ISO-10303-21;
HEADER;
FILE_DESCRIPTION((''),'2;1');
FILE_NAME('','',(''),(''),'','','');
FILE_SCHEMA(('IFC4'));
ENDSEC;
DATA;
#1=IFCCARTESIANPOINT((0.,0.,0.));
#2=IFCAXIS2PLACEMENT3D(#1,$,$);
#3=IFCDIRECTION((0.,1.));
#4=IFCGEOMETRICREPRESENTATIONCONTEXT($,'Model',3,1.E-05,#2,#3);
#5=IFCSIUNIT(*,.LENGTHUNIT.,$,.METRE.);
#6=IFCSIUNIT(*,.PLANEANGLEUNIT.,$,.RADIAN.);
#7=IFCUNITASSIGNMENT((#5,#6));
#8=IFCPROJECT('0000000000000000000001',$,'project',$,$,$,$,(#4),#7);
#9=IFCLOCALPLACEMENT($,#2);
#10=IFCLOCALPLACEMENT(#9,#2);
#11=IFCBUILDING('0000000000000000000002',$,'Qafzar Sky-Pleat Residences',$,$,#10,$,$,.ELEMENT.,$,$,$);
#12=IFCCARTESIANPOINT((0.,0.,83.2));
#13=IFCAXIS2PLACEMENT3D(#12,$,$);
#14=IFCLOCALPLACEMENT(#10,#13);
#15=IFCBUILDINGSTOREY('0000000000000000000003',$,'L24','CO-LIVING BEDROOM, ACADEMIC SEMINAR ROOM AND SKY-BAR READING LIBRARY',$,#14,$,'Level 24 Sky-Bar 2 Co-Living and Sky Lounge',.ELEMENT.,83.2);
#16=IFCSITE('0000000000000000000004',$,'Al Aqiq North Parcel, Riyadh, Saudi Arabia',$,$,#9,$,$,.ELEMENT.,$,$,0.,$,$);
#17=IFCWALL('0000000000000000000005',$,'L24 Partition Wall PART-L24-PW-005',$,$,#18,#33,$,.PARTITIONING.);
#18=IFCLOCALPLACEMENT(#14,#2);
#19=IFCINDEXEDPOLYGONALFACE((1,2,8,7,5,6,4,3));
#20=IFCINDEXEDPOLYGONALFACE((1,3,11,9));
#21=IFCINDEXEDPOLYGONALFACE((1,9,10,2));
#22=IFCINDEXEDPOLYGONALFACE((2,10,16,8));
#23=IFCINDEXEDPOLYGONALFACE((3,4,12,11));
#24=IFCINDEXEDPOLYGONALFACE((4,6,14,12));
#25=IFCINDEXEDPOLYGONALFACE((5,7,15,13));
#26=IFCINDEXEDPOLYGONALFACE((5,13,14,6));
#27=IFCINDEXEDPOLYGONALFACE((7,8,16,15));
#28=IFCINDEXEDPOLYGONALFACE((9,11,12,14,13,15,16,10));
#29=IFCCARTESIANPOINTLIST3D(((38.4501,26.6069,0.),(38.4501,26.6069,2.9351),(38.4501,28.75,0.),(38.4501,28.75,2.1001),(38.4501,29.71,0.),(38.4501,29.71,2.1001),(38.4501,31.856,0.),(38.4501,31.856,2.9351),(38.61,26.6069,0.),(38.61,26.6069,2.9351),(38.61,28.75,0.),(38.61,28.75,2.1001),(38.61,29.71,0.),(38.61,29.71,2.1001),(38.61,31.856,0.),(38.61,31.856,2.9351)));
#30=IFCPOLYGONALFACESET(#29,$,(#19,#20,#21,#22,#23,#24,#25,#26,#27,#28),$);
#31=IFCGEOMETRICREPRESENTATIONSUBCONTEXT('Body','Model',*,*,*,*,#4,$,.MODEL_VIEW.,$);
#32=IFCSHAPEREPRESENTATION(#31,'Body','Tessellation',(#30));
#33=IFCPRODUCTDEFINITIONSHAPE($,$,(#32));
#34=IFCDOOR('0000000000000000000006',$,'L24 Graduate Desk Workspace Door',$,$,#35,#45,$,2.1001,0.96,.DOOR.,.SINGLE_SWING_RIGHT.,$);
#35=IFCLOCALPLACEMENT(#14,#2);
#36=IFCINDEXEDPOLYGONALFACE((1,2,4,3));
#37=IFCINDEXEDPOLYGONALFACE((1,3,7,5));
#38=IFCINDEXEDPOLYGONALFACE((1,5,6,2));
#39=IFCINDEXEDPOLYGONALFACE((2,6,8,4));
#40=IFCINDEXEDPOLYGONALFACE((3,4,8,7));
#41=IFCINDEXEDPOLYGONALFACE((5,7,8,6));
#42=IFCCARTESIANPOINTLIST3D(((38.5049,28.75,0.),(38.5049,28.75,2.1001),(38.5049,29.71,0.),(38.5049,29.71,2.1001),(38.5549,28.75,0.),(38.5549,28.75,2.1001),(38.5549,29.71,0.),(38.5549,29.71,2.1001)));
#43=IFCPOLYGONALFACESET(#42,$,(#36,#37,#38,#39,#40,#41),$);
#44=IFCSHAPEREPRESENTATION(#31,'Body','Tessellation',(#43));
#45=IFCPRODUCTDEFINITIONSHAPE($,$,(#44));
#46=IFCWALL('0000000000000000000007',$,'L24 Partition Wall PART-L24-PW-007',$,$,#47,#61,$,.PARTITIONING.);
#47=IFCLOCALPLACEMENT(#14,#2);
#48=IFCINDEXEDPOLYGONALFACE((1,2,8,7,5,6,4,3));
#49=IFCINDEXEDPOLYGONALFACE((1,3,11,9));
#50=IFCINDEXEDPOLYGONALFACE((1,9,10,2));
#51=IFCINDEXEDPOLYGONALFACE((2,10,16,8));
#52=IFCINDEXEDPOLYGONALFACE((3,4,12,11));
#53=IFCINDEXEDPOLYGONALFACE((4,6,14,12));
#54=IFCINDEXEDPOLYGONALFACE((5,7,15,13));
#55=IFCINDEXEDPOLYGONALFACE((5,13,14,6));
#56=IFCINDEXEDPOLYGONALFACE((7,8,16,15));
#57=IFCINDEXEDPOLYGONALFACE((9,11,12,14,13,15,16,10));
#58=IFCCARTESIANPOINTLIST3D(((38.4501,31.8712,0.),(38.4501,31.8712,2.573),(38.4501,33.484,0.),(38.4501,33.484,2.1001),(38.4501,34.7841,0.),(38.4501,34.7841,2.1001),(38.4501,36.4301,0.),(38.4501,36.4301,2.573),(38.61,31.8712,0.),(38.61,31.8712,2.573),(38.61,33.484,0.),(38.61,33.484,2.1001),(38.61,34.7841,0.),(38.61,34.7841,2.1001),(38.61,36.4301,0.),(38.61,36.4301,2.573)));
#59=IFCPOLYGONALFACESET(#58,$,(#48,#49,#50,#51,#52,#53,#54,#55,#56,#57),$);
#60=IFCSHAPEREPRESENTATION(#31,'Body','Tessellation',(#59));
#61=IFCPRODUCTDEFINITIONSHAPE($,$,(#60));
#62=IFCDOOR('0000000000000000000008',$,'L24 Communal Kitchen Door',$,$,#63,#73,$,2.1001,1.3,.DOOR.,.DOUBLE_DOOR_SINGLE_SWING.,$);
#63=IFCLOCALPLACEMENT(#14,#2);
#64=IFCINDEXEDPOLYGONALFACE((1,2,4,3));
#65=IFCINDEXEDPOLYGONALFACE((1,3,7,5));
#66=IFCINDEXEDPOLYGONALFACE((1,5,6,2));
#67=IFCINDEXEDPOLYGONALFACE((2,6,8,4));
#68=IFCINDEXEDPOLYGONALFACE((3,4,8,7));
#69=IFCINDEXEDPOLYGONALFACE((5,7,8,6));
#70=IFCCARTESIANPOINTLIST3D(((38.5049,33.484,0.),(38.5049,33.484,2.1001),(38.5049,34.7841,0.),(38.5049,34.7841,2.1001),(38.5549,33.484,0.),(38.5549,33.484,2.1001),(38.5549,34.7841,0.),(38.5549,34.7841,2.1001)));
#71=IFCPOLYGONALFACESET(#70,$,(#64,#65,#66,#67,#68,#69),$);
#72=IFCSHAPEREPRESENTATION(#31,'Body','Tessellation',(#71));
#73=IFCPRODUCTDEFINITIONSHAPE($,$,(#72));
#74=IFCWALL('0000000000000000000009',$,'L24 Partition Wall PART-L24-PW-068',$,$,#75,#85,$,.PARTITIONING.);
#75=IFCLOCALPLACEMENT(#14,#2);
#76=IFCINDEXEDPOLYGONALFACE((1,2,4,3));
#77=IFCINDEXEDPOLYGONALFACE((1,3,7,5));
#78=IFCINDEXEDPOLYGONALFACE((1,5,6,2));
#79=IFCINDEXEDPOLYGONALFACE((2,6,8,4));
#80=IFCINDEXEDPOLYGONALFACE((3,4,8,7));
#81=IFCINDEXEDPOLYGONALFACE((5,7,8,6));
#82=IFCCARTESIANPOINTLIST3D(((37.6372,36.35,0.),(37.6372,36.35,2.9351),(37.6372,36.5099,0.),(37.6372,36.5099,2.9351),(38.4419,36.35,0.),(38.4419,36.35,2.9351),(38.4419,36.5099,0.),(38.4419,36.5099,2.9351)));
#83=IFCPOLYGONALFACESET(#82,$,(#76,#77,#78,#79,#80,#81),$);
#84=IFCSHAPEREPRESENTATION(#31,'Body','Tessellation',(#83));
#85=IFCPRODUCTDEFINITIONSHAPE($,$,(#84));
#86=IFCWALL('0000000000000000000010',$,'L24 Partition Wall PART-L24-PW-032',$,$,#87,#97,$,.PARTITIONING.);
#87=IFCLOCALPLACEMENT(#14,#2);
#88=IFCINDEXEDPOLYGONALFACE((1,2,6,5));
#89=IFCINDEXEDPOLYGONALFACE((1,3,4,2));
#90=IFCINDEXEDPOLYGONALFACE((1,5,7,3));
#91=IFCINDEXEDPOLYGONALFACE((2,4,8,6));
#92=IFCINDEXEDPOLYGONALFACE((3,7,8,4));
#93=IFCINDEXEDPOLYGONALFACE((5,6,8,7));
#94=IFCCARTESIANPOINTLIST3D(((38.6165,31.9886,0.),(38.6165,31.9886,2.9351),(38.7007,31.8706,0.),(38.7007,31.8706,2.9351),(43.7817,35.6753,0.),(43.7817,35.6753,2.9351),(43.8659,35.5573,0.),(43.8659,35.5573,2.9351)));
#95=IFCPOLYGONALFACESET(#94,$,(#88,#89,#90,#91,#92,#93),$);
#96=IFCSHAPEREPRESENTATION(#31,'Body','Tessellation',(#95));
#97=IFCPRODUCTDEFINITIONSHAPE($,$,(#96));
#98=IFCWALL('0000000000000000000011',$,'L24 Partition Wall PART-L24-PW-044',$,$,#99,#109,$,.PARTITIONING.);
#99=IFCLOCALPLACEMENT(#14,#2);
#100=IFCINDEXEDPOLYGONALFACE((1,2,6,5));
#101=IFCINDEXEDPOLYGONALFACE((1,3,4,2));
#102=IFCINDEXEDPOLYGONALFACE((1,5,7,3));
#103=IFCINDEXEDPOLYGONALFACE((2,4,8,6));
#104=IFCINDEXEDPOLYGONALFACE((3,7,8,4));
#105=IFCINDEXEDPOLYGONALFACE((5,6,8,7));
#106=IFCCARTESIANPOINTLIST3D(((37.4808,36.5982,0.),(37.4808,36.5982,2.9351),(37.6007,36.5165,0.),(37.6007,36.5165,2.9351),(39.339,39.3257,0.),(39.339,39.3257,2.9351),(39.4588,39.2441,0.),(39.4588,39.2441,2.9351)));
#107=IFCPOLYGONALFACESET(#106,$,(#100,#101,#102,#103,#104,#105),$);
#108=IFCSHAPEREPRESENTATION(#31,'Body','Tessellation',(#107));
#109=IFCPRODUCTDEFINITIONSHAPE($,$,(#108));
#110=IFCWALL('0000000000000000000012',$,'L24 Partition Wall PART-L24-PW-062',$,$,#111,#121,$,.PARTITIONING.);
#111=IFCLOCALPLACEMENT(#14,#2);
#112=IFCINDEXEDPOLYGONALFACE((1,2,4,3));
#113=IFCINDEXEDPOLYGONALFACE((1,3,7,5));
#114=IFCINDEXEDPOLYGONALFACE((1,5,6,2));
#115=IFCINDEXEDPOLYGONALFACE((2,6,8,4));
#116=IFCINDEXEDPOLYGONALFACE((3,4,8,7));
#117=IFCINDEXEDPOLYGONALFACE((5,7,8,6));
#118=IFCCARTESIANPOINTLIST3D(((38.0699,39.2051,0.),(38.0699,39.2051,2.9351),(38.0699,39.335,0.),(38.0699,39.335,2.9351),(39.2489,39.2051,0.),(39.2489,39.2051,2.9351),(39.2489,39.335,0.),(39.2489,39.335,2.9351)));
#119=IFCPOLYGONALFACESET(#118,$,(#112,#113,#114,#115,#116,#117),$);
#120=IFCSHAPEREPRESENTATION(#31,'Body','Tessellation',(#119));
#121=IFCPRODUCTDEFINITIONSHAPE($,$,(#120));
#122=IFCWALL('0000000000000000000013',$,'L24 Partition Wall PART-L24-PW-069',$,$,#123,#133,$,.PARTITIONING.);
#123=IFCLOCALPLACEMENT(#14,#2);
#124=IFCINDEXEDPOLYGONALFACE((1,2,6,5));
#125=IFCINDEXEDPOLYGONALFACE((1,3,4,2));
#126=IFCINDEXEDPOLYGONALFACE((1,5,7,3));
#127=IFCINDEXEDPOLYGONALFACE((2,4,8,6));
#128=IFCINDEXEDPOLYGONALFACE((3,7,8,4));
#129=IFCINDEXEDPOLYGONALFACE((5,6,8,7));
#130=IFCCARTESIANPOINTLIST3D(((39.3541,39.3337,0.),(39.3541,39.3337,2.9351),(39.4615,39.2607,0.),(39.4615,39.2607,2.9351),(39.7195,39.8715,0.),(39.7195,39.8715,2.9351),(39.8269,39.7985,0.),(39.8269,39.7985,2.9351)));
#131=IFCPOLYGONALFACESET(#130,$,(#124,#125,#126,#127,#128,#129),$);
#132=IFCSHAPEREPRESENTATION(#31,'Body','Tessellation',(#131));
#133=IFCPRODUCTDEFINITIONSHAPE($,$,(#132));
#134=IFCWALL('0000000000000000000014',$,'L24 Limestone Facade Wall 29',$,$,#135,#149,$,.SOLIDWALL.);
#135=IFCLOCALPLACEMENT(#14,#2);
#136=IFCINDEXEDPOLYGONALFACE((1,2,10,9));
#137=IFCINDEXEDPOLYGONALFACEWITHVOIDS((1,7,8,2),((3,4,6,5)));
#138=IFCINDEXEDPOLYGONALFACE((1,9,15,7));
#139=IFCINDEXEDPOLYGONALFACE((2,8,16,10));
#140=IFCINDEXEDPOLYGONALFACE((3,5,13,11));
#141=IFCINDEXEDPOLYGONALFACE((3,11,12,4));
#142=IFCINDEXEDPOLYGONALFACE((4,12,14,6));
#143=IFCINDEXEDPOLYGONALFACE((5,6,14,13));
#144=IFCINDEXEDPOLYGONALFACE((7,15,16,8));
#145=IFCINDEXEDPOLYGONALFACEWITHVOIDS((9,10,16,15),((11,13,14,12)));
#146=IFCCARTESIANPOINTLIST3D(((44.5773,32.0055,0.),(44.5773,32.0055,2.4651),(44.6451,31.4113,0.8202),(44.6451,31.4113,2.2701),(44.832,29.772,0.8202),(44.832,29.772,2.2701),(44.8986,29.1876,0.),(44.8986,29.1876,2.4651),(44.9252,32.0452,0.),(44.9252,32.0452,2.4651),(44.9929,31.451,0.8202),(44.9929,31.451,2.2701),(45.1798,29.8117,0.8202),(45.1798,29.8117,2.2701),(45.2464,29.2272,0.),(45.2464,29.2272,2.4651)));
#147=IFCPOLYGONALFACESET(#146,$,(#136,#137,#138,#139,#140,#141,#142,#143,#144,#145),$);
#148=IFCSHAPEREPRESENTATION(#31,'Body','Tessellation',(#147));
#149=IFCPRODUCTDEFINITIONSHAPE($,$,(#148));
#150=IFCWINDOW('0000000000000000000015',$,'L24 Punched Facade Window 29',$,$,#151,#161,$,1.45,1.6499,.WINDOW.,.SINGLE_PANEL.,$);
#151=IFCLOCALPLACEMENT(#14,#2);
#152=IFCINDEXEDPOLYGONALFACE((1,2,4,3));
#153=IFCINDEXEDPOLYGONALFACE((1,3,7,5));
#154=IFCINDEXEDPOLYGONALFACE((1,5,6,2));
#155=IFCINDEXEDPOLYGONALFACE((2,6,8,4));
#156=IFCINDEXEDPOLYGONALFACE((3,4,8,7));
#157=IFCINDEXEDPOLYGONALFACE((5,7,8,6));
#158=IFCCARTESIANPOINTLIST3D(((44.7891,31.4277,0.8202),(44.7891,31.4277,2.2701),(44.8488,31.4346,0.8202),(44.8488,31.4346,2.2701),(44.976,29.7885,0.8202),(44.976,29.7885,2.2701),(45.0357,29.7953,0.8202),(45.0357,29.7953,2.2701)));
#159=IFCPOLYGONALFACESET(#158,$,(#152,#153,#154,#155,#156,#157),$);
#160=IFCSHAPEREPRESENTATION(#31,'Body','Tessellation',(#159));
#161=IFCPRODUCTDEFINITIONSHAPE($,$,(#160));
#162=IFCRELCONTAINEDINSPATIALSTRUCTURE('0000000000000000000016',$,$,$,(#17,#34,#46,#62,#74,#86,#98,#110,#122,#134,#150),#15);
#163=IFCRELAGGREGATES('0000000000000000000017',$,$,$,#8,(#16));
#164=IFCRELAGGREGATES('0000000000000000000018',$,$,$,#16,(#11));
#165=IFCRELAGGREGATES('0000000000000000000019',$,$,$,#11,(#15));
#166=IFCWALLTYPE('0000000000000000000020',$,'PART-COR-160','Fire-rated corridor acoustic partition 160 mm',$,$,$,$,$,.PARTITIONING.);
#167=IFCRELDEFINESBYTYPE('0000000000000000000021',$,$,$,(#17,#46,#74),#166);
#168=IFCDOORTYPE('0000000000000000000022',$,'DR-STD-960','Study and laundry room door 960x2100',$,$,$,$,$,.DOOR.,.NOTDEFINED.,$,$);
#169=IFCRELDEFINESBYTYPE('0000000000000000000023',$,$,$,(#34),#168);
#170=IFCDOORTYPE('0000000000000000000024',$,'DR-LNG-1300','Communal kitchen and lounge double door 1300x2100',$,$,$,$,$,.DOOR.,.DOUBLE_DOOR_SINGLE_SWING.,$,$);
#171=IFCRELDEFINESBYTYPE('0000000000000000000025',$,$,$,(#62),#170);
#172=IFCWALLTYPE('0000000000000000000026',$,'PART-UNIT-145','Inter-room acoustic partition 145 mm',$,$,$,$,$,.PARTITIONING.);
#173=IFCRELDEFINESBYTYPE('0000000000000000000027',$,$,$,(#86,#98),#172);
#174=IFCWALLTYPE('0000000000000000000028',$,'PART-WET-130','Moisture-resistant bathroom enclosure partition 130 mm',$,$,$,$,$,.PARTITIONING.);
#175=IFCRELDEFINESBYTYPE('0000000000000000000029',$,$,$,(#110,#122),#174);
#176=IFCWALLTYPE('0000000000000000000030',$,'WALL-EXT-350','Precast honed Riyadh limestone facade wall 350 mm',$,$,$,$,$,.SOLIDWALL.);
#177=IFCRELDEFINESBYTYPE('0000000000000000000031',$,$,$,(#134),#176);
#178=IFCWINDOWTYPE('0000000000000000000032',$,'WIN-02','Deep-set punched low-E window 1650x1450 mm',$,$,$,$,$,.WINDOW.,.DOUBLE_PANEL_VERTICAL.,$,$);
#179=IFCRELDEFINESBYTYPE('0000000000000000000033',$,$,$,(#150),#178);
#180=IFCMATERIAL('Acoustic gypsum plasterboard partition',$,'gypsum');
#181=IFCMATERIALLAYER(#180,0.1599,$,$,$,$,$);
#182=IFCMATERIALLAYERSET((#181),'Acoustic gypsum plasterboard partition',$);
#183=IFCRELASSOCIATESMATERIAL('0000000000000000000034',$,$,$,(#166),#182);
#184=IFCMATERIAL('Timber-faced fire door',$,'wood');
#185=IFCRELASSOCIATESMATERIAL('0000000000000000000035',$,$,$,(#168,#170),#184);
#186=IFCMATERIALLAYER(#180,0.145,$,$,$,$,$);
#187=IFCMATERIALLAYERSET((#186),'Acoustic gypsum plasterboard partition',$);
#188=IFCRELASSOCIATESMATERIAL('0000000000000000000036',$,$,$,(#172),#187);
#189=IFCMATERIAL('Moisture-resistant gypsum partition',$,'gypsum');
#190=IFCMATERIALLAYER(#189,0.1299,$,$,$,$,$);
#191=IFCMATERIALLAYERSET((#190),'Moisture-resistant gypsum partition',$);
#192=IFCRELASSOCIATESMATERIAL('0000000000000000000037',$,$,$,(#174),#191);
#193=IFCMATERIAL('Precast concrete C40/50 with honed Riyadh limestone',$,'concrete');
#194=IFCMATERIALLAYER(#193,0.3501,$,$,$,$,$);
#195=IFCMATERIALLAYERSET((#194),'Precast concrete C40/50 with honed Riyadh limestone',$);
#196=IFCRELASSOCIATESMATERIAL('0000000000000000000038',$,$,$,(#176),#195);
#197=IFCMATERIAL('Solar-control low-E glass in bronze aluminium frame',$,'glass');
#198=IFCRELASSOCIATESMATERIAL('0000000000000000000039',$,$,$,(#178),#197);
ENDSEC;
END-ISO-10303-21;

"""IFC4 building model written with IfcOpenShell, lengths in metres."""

from ifc_helpers import new_model, si_unit, direction, frame, frame_2d, origin, place, context, subcontext, project, spatial, rectangle, extrude, source, transform, mapped, material, layer, layer_set, type_object, element, fill, save


model = new_model("IFC4")

# Units and contexts
model_context = context("Model", 3, precision=1e-05, world=origin(), true_north=direction((0.0, 1.0)))
body_context = subcontext(model_context, "Body", "Model", "MODEL_VIEW")
ifc_project = project(units=[si_unit("LENGTHUNIT", "METRE"), si_unit("PLANEANGLEUNIT", "RADIAN")], contexts=[model_context])

# Site, building, storey
site_placement = place(None, origin())
site = spatial("IfcSite", under=ifc_project, at=site_placement, Name="Al Aqiq North Parcel, Riyadh, Saudi Arabia", CompositionType="ELEMENT", RefElevation=0.0)
building_placement = place(site_placement, origin())
building = spatial("IfcBuilding", under=site, at=building_placement, Name="Qafzar Sky-Pleat Residences", CompositionType="ELEMENT")
storey_placement = place(building_placement, frame((0.0, 0.0, 83.2)))
storey = spatial("IfcBuildingStorey", under=building, at=storey_placement, Name="L24", Description="CO-LIVING BEDROOM, ACADEMIC SEMINAR ROOM AND SKY-BAR READING LIBRARY", LongName="Level 24 Sky-Bar 2 Co-Living and Sky Lounge", CompositionType="ELEMENT", Elevation=83.2)

# Walls, openings, doors
ifc_material_1 = material(Name="Acoustic gypsum plasterboard partition", Category="gypsum")
ifc_layer_1 = layer(ifc_material_1, 0.1599)
ifc_layer_set_1 = layer_set([ifc_layer_1], Name="Acoustic gypsum plasterboard partition")
wall_type_1 = type_object("IfcWallType", Name="PART-COR-160", Description="Fire-rated corridor acoustic partition 160 mm", PredefinedType="PARTITIONING", material=ifc_layer_set_1)
wall_1_placement = place(storey_placement, frame((38.53, 31.856, 0.0), z_axis=(0.0, 0.0, 1.0), x_axis=(0.0, -1.0, 0.0)))
wall_1 = element("IfcWall", 1, at=wall_1_placement, inside=storey, type_object=wall_type_1, Name="L24 Partition Wall PART-L24-PW-005", PredefinedType="PARTITIONING", context=body_context, shape_type="SweptSolid", body=[
    extrude(rectangle(XDim=5.249, YDim=0.1599, at=frame_2d((2.6245, 0.0))), origin(), (0.0, 0.0, 1.0), 2.9351),
])
opening_1_placement = place(wall_1_placement, frame((2.146, 0.0, 0.0)))
opening_1 = element("IfcOpeningElement", 2, at=opening_1_placement, cuts=wall_1, PredefinedType="OPENING", context=body_context, shape_type="SweptSolid", body=[
    extrude(rectangle(XDim=0.96, YDim=2.1001, at=frame_2d((0.48, 1.05))), frame((0.0, 0.0898, 0.0), z_axis=(0.0, -1.0, 0.0), x_axis=(1.0, 0.0, 0.0)), (0.0, 0.0, 1.0), 0.1799),
])
ifc_material_2 = material(Name="Timber-faced fire door", Category="wood")
door_type_1 = type_object("IfcDoorType", Name="DR-STD-960", Description="Study and laundry room door 960x2100", OperationType="NOTDEFINED", PredefinedType="DOOR", material=ifc_material_2)
shared_shape_1 = source(origin(), body_context, "Body", "SweptSolid", [
    extrude(rectangle(XDim=0.96, YDim=2.1001, at=frame_2d((0.48, 1.05))), frame((0.0, 0.0249, 0.0), z_axis=(0.0, -1.0, 0.0), x_axis=(1.0, 0.0, 0.0)), (0.0, 0.0, 1.0), 0.05),
])
door_1_placement = place(opening_1_placement, origin())
door_1 = element("IfcDoor", 3, at=door_1_placement, inside=storey, type_object=door_type_1, Name="L24 Graduate Desk Workspace Door", OperationType="SINGLE_SWING_RIGHT", OverallHeight=2.1001, OverallWidth=0.96, PredefinedType="DOOR", context=body_context, shape_type="MappedRepresentation", body=[
    mapped(shared_shape_1, transform((0.0, 0.0, 0.0), x_axis=(1.0, 0.0, 0.0), y_axis=(0.0, 1.0, 0.0), z_axis=(0.0, 0.0, 1.0), scale=1.0)),
])
fill(opening_1, door_1)
wall_2_placement = place(storey_placement, frame((38.53, 36.4299, 0.0), z_axis=(0.0, 0.0, 1.0), x_axis=(0.0, -1.0, 0.0)))
wall_2 = element("IfcWall", 4, at=wall_2_placement, inside=storey, type_object=wall_type_1, Name="L24 Partition Wall PART-L24-PW-007", PredefinedType="PARTITIONING", context=body_context, shape_type="SweptSolid", body=[
    extrude(rectangle(XDim=4.5588, YDim=0.1599, at=frame_2d((2.2793, 0.0))), origin(), (0.0, 0.0, 1.0), 2.573),
])
opening_2_placement = place(wall_2_placement, frame((1.646, 0.0, 0.0)))
opening_2 = element("IfcOpeningElement", 5, at=opening_2_placement, cuts=wall_2, PredefinedType="OPENING", context=body_context, shape_type="SweptSolid", body=[
    extrude(rectangle(XDim=1.3, YDim=2.1001, at=frame_2d((0.6499, 1.05))), frame((0.0, 0.0898, 0.0), z_axis=(0.0, -1.0, 0.0), x_axis=(1.0, 0.0, 0.0)), (0.0, 0.0, 1.0), 0.1799),
])
door_type_2 = type_object("IfcDoorType", Name="DR-LNG-1300", Description="Communal kitchen and lounge double door 1300x2100", OperationType="DOUBLE_DOOR_SINGLE_SWING", PredefinedType="DOOR", material=ifc_material_2)
shared_shape_2 = source(origin(), body_context, "Body", "SweptSolid", [
    extrude(rectangle(XDim=1.3, YDim=2.1001, at=frame_2d((0.6499, 1.05))), frame((0.0, 0.0249, 0.0), z_axis=(0.0, -1.0, 0.0), x_axis=(1.0, 0.0, 0.0)), (0.0, 0.0, 1.0), 0.05),
])
door_2_placement = place(opening_2_placement, origin())
door_2 = element("IfcDoor", 6, at=door_2_placement, inside=storey, type_object=door_type_2, Name="L24 Communal Kitchen Door", OperationType="DOUBLE_DOOR_SINGLE_SWING", OverallHeight=2.1001, OverallWidth=1.3, PredefinedType="DOOR", context=body_context, shape_type="MappedRepresentation", body=[
    mapped(shared_shape_2, transform((0.0, 0.0, 0.0), x_axis=(1.0, 0.0, 0.0), y_axis=(0.0, 1.0, 0.0), z_axis=(0.0, 0.0, 1.0), scale=1.0)),
])
fill(opening_2, door_2)

# Walls
wall_3_placement = place(storey_placement, frame((37.6372, 36.4299, 0.0), z_axis=(0.0, 0.0, 1.0), x_axis=(1.0, 0.0, 0.0)))
element("IfcWall", 7, at=wall_3_placement, inside=storey, type_object=wall_type_1, Name="L24 Partition Wall PART-L24-PW-068", PredefinedType="PARTITIONING", context=body_context, shape_type="SweptSolid", body=[
    extrude(rectangle(XDim=0.8047, YDim=0.1599, at=frame_2d((0.4023, 0.0))), origin(), (0.0, 0.0, 1.0), 2.9351),
])
ifc_layer_2 = layer(ifc_material_1, 0.145)
ifc_layer_set_2 = layer_set([ifc_layer_2], Name="Acoustic gypsum plasterboard partition")
wall_type_2 = type_object("IfcWallType", Name="PART-UNIT-145", Description="Inter-room acoustic partition 145 mm", PredefinedType="PARTITIONING", material=ifc_layer_set_2)
wall_4_placement = place(storey_placement, frame((38.6587, 31.9297, 0.0), z_axis=(0.0, 0.0, 1.0), x_axis=(0.813936, 0.580954, 0.0)))
element("IfcWall", 8, at=wall_4_placement, inside=storey, type_object=wall_type_2, Name="L24 Partition Wall PART-L24-PW-032", PredefinedType="PARTITIONING", context=body_context, shape_type="SweptSolid", body=[
    extrude(rectangle(XDim=6.3459, YDim=0.145, at=frame_2d((3.1729, 0.0))), origin(), (0.0, 0.0, 1.0), 2.9351),
])
wall_5_placement = place(storey_placement, frame((37.5408, 36.5574, 0.0), z_axis=(0.0, 0.0, 1.0), x_axis=(0.56302, 0.826443, 0.0)))
element("IfcWall", 9, at=wall_5_placement, inside=storey, type_object=wall_type_2, Name="L24 Partition Wall PART-L24-PW-044", PredefinedType="PARTITIONING", context=body_context, shape_type="SweptSolid", body=[
    extrude(rectangle(XDim=3.3003, YDim=0.145, at=frame_2d((1.6501, 0.0))), origin(), (0.0, 0.0, 1.0), 2.9351),
])
ifc_material_3 = material(Name="Moisture-resistant gypsum partition", Category="gypsum")
ifc_layer_3 = layer(ifc_material_3, 0.1299)
ifc_layer_set_3 = layer_set([ifc_layer_3], Name="Moisture-resistant gypsum partition")
wall_type_3 = type_object("IfcWallType", Name="PART-WET-130", Description="Moisture-resistant bathroom enclosure partition 130 mm", PredefinedType="PARTITIONING", material=ifc_layer_set_3)
wall_6_placement = place(storey_placement, frame((38.0701, 39.27, 0.0), z_axis=(0.0, 0.0, 1.0), x_axis=(1.0, 0.0, 0.0)))
element("IfcWall", 10, at=wall_6_placement, inside=storey, type_object=wall_type_3, Name="L24 Partition Wall PART-L24-PW-062", PredefinedType="PARTITIONING", context=body_context, shape_type="SweptSolid", body=[
    extrude(rectangle(XDim=1.179, YDim=0.1299, at=frame_2d((0.5894, 0.0))), origin(), (0.0, 0.0, 1.0), 2.9351),
])
wall_7_placement = place(storey_placement, frame((39.4077, 39.2971, 0.0), z_axis=(0.0, 0.0, 1.0), x_axis=(0.562043, 0.827108, 0.0)))
element("IfcWall", 11, at=wall_7_placement, inside=storey, type_object=wall_type_3, Name="L24 Partition Wall PART-L24-PW-069", PredefinedType="PARTITIONING", context=body_context, shape_type="SweptSolid", body=[
    extrude(rectangle(XDim=0.6501, YDim=0.1299, at=frame_2d((0.3252, 0.0))), origin(), (0.0, 0.0, 1.0), 2.9351),
])

# Wall, opening, window
ifc_material_4 = material(Name="Precast concrete C40/50 with honed Riyadh limestone", Category="concrete")
ifc_layer_4 = layer(ifc_material_4, 0.3501)
ifc_layer_set_4 = layer_set([ifc_layer_4], Name="Precast concrete C40/50 with honed Riyadh limestone")
wall_type_4 = type_object("IfcWallType", Name="WALL-EXT-350", Description="Precast honed Riyadh limestone facade wall 350 mm", PredefinedType="SOLIDWALL", material=ifc_layer_set_4)
wall_8_placement = place(storey_placement, frame((45.0725, 29.2075, 0.0), z_axis=(0.0, 0.0, 1.0), x_axis=(-0.113284, 0.993563, 0.0)))
wall_8 = element("IfcWall", 12, at=wall_8_placement, inside=storey, type_object=wall_type_4, Name="L24 Limestone Facade Wall 29", PredefinedType="SOLIDWALL", context=body_context, shape_type="SweptSolid", body=[
    extrude(rectangle(XDim=2.8362, YDim=0.3501, at=frame_2d((1.418, 0.0))), origin(), (0.0, 0.0, 1.0), 2.4651),
])
opening_3_placement = place(wall_8_placement, frame((0.5881, 0.0, 0.8201)))
opening_3 = element("IfcOpeningElement", 13, at=opening_3_placement, cuts=wall_8, PredefinedType="OPENING", context=body_context, shape_type="SweptSolid", body=[
    extrude(rectangle(XDim=1.6499, YDim=1.45, at=frame_2d((0.825, 0.7251))), frame((0.0, 0.1851, 0.0), z_axis=(0.0, -1.0, 0.0), x_axis=(1.0, 0.0, 0.0)), (0.0, 0.0, 1.0), 0.3701),
])
ifc_material_5 = material(Name="Solar-control low-E glass in bronze aluminium frame", Category="glass")
window_type_1 = type_object("IfcWindowType", Name="WIN-02", Description="Deep-set punched low-E window 1650x1450 mm", PartitioningType="DOUBLE_PANEL_VERTICAL", PredefinedType="WINDOW", material=ifc_material_5)
shared_shape_3 = source(origin(), body_context, "Body", "SweptSolid", [
    extrude(rectangle(XDim=1.6499, YDim=1.45, at=frame_2d((0.825, 0.7251))), frame((0.0, 0.03, 0.0), z_axis=(0.0, -1.0, 0.0), x_axis=(1.0, 0.0, 0.0)), (0.0, 0.0, 1.0), 0.0601),
])
window_1_placement = place(opening_3_placement, origin())
window_1 = element("IfcWindow", 14, at=window_1_placement, inside=storey, type_object=window_type_1, Name="L24 Punched Facade Window 29", OverallHeight=1.45, OverallWidth=1.6499, PartitioningType="SINGLE_PANEL", PredefinedType="WINDOW", context=body_context, shape_type="MappedRepresentation", body=[
    mapped(shared_shape_3, transform((0.0, 0.0, 0.0), x_axis=(1.0, 0.0, 0.0), y_axis=(0.0, 1.0, 0.0), z_axis=(0.0, 0.0, 1.0), scale=1.0)),
])
fill(opening_3, window_1)

save(model, "model.ifc")
